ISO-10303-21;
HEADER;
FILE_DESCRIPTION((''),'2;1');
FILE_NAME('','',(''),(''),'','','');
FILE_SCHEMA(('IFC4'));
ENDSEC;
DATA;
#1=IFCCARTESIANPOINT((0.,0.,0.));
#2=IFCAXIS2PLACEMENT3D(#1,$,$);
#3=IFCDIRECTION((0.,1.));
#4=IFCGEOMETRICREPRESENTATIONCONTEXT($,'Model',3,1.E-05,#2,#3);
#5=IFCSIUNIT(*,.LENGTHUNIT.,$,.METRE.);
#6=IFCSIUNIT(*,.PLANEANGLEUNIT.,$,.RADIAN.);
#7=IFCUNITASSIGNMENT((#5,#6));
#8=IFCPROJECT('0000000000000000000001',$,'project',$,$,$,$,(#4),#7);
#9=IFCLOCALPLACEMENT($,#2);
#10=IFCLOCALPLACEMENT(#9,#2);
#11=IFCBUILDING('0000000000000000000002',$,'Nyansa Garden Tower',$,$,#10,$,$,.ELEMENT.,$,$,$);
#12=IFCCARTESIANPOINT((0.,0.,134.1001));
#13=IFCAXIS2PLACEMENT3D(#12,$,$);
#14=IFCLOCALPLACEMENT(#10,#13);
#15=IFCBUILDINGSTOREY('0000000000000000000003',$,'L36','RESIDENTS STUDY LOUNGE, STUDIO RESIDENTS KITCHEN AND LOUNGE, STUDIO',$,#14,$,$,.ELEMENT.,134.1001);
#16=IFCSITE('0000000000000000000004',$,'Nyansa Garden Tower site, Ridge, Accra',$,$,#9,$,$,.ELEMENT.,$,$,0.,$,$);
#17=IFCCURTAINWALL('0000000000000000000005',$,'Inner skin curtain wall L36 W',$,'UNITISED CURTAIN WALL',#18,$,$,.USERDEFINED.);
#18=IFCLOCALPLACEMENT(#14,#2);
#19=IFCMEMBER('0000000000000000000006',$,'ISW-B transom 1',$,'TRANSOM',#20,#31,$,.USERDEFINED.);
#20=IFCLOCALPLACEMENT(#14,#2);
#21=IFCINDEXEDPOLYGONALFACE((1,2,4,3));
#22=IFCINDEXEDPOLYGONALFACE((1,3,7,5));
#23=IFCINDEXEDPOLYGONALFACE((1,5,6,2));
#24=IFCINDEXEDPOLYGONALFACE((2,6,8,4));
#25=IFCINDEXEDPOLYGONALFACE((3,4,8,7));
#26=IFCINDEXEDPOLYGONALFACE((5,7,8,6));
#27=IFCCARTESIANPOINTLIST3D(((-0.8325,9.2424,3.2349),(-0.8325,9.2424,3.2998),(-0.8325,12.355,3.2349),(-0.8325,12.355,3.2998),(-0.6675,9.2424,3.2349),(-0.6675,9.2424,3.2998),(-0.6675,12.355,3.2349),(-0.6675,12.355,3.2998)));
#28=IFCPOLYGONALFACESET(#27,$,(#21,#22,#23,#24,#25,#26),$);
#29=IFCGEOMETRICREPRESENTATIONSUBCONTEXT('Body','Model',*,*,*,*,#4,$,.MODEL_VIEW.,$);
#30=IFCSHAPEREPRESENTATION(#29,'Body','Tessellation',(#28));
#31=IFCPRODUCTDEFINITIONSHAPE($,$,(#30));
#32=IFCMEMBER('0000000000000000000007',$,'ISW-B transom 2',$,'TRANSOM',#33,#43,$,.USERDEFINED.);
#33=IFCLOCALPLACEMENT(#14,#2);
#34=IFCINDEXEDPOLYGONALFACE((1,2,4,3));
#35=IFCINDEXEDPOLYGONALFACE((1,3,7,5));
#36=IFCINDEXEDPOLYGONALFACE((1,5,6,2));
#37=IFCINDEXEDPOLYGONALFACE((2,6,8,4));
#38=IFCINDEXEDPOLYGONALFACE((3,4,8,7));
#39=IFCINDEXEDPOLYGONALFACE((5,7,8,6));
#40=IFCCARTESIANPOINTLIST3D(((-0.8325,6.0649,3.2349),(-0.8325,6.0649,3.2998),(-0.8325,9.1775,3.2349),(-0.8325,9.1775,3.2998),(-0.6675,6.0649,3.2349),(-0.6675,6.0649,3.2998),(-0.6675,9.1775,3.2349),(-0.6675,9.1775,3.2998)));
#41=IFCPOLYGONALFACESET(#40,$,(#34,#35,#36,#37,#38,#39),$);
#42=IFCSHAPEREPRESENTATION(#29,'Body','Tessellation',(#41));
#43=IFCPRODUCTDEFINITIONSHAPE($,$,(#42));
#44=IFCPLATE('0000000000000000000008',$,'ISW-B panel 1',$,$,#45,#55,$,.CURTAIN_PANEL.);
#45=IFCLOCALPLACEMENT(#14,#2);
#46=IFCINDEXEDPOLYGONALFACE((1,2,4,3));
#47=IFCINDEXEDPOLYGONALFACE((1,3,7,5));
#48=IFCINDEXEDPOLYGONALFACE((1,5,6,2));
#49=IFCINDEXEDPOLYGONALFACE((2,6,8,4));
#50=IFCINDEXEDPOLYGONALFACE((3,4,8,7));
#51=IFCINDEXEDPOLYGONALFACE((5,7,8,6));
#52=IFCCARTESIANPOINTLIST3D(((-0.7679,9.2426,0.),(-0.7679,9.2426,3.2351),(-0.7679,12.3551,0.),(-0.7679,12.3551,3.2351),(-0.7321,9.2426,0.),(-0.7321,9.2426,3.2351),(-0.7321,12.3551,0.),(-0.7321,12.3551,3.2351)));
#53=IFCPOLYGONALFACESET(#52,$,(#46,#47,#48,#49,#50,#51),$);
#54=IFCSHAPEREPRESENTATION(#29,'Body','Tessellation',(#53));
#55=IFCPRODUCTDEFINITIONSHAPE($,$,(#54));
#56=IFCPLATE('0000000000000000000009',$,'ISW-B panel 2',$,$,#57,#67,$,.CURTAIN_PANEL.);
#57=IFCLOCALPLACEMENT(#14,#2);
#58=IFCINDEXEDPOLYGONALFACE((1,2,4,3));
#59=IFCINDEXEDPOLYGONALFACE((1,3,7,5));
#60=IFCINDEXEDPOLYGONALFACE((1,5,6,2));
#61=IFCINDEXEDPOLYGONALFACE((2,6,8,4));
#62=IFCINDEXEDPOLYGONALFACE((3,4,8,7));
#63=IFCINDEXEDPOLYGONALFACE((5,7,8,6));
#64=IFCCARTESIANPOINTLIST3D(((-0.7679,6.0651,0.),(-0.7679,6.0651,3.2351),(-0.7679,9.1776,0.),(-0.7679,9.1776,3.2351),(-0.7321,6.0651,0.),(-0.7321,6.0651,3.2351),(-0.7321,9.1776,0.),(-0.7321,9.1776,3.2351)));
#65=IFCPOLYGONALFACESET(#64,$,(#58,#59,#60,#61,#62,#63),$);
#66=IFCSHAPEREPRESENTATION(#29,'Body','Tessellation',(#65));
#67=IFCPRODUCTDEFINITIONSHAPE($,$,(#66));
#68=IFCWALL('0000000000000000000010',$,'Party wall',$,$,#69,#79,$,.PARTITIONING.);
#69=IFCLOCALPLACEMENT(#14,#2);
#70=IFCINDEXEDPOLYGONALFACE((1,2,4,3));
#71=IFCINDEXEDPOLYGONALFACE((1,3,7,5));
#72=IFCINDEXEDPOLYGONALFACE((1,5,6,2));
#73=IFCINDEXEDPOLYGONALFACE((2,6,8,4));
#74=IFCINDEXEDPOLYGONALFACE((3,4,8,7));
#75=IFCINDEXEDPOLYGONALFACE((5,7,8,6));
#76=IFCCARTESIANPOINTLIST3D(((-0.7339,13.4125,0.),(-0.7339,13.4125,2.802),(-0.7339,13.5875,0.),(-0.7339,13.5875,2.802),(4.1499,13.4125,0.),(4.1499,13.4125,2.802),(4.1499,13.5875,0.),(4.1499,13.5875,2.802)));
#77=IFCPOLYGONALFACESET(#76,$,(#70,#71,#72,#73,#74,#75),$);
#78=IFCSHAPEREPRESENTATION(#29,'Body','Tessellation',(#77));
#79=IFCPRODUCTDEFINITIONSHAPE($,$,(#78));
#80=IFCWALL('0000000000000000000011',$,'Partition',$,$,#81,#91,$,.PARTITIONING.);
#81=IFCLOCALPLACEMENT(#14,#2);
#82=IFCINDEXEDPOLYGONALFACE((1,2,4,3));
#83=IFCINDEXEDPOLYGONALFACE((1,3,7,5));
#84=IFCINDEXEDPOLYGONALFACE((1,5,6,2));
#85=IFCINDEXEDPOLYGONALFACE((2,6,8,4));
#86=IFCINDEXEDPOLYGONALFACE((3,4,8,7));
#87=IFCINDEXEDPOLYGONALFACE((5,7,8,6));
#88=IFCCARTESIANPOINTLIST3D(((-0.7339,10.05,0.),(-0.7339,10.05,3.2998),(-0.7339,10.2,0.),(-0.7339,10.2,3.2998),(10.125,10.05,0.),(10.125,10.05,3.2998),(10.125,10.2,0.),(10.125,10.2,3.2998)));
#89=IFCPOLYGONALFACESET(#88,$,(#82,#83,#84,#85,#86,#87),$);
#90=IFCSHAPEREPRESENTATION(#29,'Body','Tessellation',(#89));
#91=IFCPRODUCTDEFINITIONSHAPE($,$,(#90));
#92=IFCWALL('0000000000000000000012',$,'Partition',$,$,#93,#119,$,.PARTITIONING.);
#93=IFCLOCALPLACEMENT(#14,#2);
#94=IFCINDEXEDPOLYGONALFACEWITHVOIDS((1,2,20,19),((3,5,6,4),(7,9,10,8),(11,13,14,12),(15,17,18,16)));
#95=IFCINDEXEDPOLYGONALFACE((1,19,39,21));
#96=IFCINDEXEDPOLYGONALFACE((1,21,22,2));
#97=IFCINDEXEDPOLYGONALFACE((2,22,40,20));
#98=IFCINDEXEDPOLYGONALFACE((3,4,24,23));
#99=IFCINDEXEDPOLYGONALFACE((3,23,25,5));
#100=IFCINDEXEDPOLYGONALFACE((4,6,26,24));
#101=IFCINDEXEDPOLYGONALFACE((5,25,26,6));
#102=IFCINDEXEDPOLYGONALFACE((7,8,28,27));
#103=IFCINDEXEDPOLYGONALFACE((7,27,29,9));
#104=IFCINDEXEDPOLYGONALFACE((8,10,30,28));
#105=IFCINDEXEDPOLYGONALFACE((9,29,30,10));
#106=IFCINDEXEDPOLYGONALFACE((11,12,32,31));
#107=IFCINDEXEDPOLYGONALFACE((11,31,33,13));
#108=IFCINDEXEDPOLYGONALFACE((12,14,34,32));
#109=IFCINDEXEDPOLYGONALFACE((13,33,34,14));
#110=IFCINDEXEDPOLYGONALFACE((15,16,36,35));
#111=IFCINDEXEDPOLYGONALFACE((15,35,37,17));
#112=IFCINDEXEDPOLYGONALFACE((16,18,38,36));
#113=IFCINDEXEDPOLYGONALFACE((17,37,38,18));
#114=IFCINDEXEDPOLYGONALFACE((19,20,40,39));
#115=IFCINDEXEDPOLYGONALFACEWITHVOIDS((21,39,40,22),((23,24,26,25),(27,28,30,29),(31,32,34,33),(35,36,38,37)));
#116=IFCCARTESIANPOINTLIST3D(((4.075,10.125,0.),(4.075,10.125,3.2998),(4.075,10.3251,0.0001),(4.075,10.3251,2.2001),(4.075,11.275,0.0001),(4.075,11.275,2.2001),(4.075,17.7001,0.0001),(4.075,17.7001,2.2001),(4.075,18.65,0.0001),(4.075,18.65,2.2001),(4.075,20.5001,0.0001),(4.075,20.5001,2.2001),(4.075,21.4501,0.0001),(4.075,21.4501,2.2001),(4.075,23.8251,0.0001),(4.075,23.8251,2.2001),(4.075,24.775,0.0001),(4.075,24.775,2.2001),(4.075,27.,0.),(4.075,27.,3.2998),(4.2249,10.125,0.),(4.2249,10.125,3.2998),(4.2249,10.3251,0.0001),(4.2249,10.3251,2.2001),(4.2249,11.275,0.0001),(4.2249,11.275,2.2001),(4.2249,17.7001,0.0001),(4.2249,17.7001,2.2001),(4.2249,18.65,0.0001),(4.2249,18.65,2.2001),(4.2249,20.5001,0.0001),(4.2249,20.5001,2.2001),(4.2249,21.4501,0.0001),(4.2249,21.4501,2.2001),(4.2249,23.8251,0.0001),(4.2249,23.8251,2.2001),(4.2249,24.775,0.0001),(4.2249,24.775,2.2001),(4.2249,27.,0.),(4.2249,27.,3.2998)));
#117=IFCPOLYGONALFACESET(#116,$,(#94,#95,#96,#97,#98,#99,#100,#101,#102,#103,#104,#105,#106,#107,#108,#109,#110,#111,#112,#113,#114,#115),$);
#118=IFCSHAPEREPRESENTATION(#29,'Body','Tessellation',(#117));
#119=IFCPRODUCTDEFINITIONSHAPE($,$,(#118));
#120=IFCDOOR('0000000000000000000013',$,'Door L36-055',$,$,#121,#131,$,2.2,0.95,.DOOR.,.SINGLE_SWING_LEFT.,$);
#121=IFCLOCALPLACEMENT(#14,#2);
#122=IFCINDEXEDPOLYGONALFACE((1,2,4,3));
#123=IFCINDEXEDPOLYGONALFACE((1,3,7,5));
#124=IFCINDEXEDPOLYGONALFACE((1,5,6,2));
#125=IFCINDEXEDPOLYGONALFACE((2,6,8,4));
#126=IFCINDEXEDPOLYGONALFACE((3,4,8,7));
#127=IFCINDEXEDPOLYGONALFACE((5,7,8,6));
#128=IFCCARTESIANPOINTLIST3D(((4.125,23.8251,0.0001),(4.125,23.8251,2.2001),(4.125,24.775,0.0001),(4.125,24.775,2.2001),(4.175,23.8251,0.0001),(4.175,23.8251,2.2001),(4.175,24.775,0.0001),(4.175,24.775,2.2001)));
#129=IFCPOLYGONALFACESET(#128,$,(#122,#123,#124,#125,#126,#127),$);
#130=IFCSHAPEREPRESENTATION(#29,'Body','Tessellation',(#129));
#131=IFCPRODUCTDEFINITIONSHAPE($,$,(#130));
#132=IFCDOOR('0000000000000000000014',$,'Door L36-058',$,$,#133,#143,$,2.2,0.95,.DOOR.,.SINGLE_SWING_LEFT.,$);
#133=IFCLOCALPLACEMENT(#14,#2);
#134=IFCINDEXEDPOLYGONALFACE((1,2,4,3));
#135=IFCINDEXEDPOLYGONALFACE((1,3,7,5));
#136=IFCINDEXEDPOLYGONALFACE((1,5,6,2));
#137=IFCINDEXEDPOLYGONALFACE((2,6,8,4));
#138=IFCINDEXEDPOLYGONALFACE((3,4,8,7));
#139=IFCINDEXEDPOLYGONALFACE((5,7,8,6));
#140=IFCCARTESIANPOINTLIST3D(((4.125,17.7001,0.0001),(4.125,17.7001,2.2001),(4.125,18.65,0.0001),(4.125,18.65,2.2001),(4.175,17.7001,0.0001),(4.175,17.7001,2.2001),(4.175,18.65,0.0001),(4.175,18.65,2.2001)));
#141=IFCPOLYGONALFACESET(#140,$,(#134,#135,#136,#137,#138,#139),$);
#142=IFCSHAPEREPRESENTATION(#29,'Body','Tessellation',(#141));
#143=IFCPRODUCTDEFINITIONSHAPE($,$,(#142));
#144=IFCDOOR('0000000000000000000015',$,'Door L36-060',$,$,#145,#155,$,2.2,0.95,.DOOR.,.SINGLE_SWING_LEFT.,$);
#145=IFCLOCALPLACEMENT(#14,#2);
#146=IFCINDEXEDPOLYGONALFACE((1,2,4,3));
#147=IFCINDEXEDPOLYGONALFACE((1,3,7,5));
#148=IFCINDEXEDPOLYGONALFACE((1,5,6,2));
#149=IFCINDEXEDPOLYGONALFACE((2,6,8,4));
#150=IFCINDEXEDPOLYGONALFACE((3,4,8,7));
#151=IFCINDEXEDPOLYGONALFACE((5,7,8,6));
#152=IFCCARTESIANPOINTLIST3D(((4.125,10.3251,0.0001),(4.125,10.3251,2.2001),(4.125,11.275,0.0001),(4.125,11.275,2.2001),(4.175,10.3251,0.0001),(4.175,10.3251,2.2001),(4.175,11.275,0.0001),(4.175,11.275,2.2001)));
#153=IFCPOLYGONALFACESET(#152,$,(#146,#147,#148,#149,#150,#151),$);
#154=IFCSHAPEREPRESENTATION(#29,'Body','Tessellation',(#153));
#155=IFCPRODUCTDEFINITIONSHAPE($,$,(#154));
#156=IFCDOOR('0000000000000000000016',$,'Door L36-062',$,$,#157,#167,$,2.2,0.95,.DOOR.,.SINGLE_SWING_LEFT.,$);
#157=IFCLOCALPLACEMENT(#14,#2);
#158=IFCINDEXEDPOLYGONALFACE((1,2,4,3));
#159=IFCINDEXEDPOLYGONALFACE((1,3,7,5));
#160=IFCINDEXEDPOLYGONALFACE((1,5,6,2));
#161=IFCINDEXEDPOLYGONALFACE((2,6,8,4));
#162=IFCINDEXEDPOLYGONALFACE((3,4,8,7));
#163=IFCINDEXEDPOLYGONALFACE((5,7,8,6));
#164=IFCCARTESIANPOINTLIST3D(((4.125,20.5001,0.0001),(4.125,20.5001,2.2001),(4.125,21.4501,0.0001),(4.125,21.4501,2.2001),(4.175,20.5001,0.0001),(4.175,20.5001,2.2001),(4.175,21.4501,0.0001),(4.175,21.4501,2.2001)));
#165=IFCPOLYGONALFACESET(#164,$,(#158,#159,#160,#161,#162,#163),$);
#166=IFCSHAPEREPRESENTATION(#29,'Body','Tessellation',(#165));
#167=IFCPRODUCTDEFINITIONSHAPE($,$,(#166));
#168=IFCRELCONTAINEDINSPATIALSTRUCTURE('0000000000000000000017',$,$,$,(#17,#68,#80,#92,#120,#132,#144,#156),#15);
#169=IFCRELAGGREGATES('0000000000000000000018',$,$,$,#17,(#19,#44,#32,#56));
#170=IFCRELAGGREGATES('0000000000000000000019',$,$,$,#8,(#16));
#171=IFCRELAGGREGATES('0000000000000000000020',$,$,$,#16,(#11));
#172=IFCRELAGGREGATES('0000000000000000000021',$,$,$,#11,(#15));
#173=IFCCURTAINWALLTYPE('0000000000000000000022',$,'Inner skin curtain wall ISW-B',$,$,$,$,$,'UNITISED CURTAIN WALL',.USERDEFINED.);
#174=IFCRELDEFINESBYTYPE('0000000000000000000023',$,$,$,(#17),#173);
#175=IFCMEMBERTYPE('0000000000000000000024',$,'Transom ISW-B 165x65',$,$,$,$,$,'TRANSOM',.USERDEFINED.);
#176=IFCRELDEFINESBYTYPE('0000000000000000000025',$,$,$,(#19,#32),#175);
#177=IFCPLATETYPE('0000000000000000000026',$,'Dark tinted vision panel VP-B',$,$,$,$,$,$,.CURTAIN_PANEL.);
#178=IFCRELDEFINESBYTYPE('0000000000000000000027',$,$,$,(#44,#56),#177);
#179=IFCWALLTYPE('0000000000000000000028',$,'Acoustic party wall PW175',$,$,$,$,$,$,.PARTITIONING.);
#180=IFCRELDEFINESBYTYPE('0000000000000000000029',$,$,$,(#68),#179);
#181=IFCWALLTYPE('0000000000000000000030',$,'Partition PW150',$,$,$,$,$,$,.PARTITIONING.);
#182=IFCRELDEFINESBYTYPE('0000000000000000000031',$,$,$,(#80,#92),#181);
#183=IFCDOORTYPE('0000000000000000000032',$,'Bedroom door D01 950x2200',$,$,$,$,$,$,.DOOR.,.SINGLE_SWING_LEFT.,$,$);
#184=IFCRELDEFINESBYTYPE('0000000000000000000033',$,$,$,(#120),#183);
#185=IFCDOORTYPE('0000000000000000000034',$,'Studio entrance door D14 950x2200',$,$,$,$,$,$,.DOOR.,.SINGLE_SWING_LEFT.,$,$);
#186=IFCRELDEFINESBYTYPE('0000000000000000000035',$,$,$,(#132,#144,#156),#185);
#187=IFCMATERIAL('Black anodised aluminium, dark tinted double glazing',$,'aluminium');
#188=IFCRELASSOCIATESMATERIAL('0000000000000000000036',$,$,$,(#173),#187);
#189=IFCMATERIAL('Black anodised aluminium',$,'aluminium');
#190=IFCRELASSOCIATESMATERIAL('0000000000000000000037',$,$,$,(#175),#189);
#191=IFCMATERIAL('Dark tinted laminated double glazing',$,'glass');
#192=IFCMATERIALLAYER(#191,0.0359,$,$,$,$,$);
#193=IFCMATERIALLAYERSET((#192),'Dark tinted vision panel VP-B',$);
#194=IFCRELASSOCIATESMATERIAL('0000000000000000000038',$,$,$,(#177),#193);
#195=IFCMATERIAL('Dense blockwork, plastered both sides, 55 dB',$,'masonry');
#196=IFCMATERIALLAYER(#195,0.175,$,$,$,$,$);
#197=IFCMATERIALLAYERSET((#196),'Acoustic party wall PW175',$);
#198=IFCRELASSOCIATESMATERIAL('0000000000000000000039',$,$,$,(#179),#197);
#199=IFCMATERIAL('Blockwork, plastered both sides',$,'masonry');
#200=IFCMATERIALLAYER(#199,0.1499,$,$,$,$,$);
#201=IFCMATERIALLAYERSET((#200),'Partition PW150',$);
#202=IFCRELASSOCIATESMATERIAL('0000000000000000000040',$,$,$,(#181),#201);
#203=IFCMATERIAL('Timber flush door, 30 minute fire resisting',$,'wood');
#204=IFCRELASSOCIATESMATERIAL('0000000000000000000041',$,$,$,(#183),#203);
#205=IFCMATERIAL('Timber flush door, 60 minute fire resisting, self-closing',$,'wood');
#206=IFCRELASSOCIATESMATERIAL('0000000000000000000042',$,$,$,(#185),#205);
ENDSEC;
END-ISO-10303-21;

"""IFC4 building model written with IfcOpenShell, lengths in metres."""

from ifc_helpers import new_model, si_unit, direction, frame, frame_2d, origin, origin_2d, place, context, subcontext, project, spatial, rectangle, extrude, material, layer, layer_set, material_profile, profile_set, type_object, element, fill, aggregate, save


model = new_model("IFC4")

# Units and contexts
model_context = context("Model", 3, precision=1e-05, world=origin(), true_north=direction((0.0, 1.0)))
body_context = subcontext(model_context, "Body", "Model", "MODEL_VIEW")
ifc_project = project(units=[si_unit("LENGTHUNIT", "METRE"), si_unit("PLANEANGLEUNIT", "RADIAN")], contexts=[model_context])

# Site, building, storey
site_placement = place(None, origin())
site = spatial("IfcSite", under=ifc_project, at=site_placement, Name="Nyansa Garden Tower site, Ridge, Accra", CompositionType="ELEMENT", RefElevation=0.0)
building_placement = place(site_placement, origin())
building = spatial("IfcBuilding", under=site, at=building_placement, Name="Nyansa Garden Tower", CompositionType="ELEMENT")
storey_placement = place(building_placement, frame((0.0, 0.0, 134.1001)))
storey = spatial("IfcBuildingStorey", under=building, at=storey_placement, Name="L36", Description="RESIDENTS STUDY LOUNGE, STUDIO RESIDENTS KITCHEN AND LOUNGE, STUDIO", CompositionType="ELEMENT", Elevation=134.1001)

# Curtain wall
ifc_material_1 = material(Name="Black anodised aluminium, dark tinted double glazing", Category="aluminium")
curtain_wall_type = type_object("IfcCurtainWallType", Name="Inner skin curtain wall ISW-B", ElementType="UNITISED CURTAIN WALL", PredefinedType="USERDEFINED", material=ifc_material_1)
curtain_wall_placement = place(storey_placement, origin())
curtain_wall = element("IfcCurtainWall", 1, at=curtain_wall_placement, inside=storey, type_object=curtain_wall_type, Name="Inner skin curtain wall L36 W", ObjectType="UNITISED CURTAIN WALL", PredefinedType="USERDEFINED")

# Members
ifc_material_2 = material(Name="Black anodised aluminium", Category="aluminium")
ifc_material_profile_1 = material_profile(ifc_material_2, rectangle(XDim=0.165, YDim=0.0649, at=origin_2d()), Name="Transom 165x65")
ifc_profile_set_1 = profile_set([ifc_material_profile_1], Name="Black anodised aluminium")
member_type_1 = type_object("IfcMemberType", Name="Transom ISW-B 165x65", ElementType="TRANSOM", PredefinedType="USERDEFINED", material=ifc_profile_set_1)
member_1_placement = place(storey_placement, frame((-0.75, 12.355, 3.2673), z_axis=(0.0, -1.0, 0.0), x_axis=(1.0, 0.0, 0.0)))
member_1 = element("IfcMember", 2, at=member_1_placement, type_object=member_type_1, Name="ISW-B transom 1", ObjectType="TRANSOM", PredefinedType="USERDEFINED", context=body_context, shape_type="SweptSolid", body=[
    extrude(rectangle(XDim=0.165, YDim=0.0649, at=origin_2d()), origin(), (0.0, 0.0, 1.0), 3.1125),
])
member_2_placement = place(storey_placement, frame((-0.75, 9.1775, 3.2673), z_axis=(0.0, -1.0, 0.0), x_axis=(1.0, 0.0, 0.0)))
member_2 = element("IfcMember", 3, at=member_2_placement, type_object=member_type_1, Name="ISW-B transom 2", ObjectType="TRANSOM", PredefinedType="USERDEFINED", context=body_context, shape_type="SweptSolid", body=[
    extrude(rectangle(XDim=0.165, YDim=0.0649, at=origin_2d()), origin(), (0.0, 0.0, 1.0), 3.1125),
])

# Plates
ifc_material_3 = material(Name="Dark tinted laminated double glazing", Category="glass")
ifc_layer_1 = layer(ifc_material_3, 0.0359)
ifc_layer_set_1 = layer_set([ifc_layer_1], Name="Dark tinted vision panel VP-B")
plate_type = type_object("IfcPlateType", Name="Dark tinted vision panel VP-B", PredefinedType="CURTAIN_PANEL", material=ifc_layer_set_1)
plate_1_placement = place(storey_placement, frame((-0.75, 10.7988, 0.0), z_axis=(0.0, 0.0, 1.0), x_axis=(0.0, -1.0, 0.0)))
plate_1 = element("IfcPlate", 4, at=plate_1_placement, type_object=plate_type, Name="ISW-B panel 1", PredefinedType="CURTAIN_PANEL", context=body_context, shape_type="SweptSolid", body=[
    extrude(rectangle(XDim=3.1125, YDim=0.0359, at=origin_2d()), origin(), (0.0, 0.0, 1.0), 3.2351),
])
plate_2_placement = place(storey_placement, frame((-0.75, 7.6213, 0.0), z_axis=(0.0, 0.0, 1.0), x_axis=(0.0, -1.0, 0.0)))
plate_2 = element("IfcPlate", 5, at=plate_2_placement, type_object=plate_type, Name="ISW-B panel 2", PredefinedType="CURTAIN_PANEL", context=body_context, shape_type="SweptSolid", body=[
    extrude(rectangle(XDim=3.1125, YDim=0.0359, at=origin_2d()), origin(), (0.0, 0.0, 1.0), 3.2351),
])
aggregate(curtain_wall, [member_1, plate_1, member_2, plate_2])

# Walls
ifc_material_4 = material(Name="Dense blockwork, plastered both sides, 55 dB", Category="masonry")
ifc_layer_2 = layer(ifc_material_4, 0.175)
ifc_layer_set_2 = layer_set([ifc_layer_2], Name="Acoustic party wall PW175")
wall_type_1 = type_object("IfcWallType", Name="Acoustic party wall PW175", PredefinedType="PARTITIONING", material=ifc_layer_set_2)
wall_1_placement = place(storey_placement, frame((-0.7339, 13.5, 0.0), z_axis=(0.0, 0.0, 1.0), x_axis=(1.0, 0.0, 0.0)))
element("IfcWall", 6, at=wall_1_placement, inside=storey, type_object=wall_type_1, Name="Party wall", PredefinedType="PARTITIONING", context=body_context, shape_type="SweptSolid", body=[
    extrude(rectangle(XDim=4.8838, YDim=0.175, at=frame_2d((2.4419, 0.0))), origin(), (0.0, 0.0, 1.0), 2.802),
])
ifc_material_5 = material(Name="Blockwork, plastered both sides", Category="masonry")
ifc_layer_3 = layer(ifc_material_5, 0.1499)
ifc_layer_set_3 = layer_set([ifc_layer_3], Name="Partition PW150")
wall_type_2 = type_object("IfcWallType", Name="Partition PW150", PredefinedType="PARTITIONING", material=ifc_layer_set_3)
wall_2_placement = place(storey_placement, frame((-0.7339, 10.125, 0.0), z_axis=(0.0, 0.0, 1.0), x_axis=(1.0, 0.0, 0.0)))
element("IfcWall", 7, at=wall_2_placement, inside=storey, type_object=wall_type_2, Name="Partition", PredefinedType="PARTITIONING", context=body_context, shape_type="SweptSolid", body=[
    extrude(rectangle(XDim=10.8589, YDim=0.1499, at=frame_2d((5.4294, 0.0))), origin(), (0.0, 0.0, 1.0), 3.2998),
])

# Wall, openings, doors
wall_3_placement = place(storey_placement, frame((4.1499, 10.125, 0.0), z_axis=(0.0, 0.0, 1.0), x_axis=(0.0, 1.0, 0.0)))
wall_3 = element("IfcWall", 8, at=wall_3_placement, inside=storey, type_object=wall_type_2, Name="Partition", PredefinedType="PARTITIONING", context=body_context, shape_type="SweptSolid", body=[
    extrude(rectangle(XDim=16.875, YDim=0.1499, at=frame_2d((8.4375, 0.0))), origin(), (0.0, 0.0, 1.0), 3.2998),
])
opening_1_placement = place(wall_3_placement, frame((13.7, 0.0, 0.0)))
opening_1 = element("IfcOpeningElement", 9, at=opening_1_placement, cuts=wall_3, PredefinedType="OPENING", context=body_context, shape_type="SweptSolid", body=[
    extrude(rectangle(XDim=0.95, YDim=2.2, at=frame_2d((0.4751, 1.1001))), frame((0.0, 0.085, 0.0), z_axis=(0.0, -1.0, 0.0), x_axis=(1.0, 0.0, 0.0)), (0.0, 0.0, 1.0), 0.1699),
])
opening_2_placement = place(wall_3_placement, frame((7.575, 0.0, 0.0)))
opening_2 = element("IfcOpeningElement", 10, at=opening_2_placement, cuts=wall_3, PredefinedType="OPENING", context=body_context, shape_type="SweptSolid", body=[
    extrude(rectangle(XDim=0.95, YDim=2.2, at=frame_2d((0.4751, 1.1001))), frame((0.0, 0.085, 0.0), z_axis=(0.0, -1.0, 0.0), x_axis=(1.0, 0.0, 0.0)), (0.0, 0.0, 1.0), 0.1699),
])
opening_3_placement = place(wall_3_placement, frame((0.2, 0.0, 0.0)))
opening_3 = element("IfcOpeningElement", 11, at=opening_3_placement, cuts=wall_3, PredefinedType="OPENING", context=body_context, shape_type="SweptSolid", body=[
    extrude(rectangle(XDim=0.95, YDim=2.2, at=frame_2d((0.4751, 1.1001))), frame((0.0, 0.085, 0.0), z_axis=(0.0, -1.0, 0.0), x_axis=(1.0, 0.0, 0.0)), (0.0, 0.0, 1.0), 0.1699),
])
opening_4_placement = place(wall_3_placement, frame((10.375, 0.0, 0.0)))
opening_4 = element("IfcOpeningElement", 12, at=opening_4_placement, cuts=wall_3, PredefinedType="OPENING", context=body_context, shape_type="SweptSolid", body=[
    extrude(rectangle(XDim=0.95, YDim=2.2, at=frame_2d((0.4751, 1.1001))), frame((0.0, 0.085, 0.0), z_axis=(0.0, -1.0, 0.0), x_axis=(1.0, 0.0, 0.0)), (0.0, 0.0, 1.0), 0.1699),
])
ifc_material_6 = material(Name="Timber flush door, 30 minute fire resisting", Category="wood")
door_type_1 = type_object("IfcDoorType", Name="Bedroom door D01 950x2200", OperationType="SINGLE_SWING_LEFT", PredefinedType="DOOR", material=ifc_material_6)
door_1_placement = place(opening_1_placement, origin())
door_1 = element("IfcDoor", 13, at=door_1_placement, inside=storey, type_object=door_type_1, Name="Door L36-055", OperationType="SINGLE_SWING_LEFT", OverallHeight=2.2, OverallWidth=0.95, PredefinedType="DOOR", context=body_context, shape_type="SweptSolid", body=[
    extrude(rectangle(XDim=0.95, YDim=2.2, at=frame_2d((0.4751, 1.1001))), frame((0.0, 0.0249, 0.0), z_axis=(0.0, -1.0, 0.0), x_axis=(1.0, 0.0, 0.0)), (0.0, 0.0, 1.0), 0.05),
])
fill(opening_1, door_1)
ifc_material_7 = material(Name="Timber flush door, 60 minute fire resisting, self-closing", Category="wood")
door_type_2 = type_object("IfcDoorType", Name="Studio entrance door D14 950x2200", OperationType="SINGLE_SWING_LEFT", PredefinedType="DOOR", material=ifc_material_7)
door_2_placement = place(opening_2_placement, origin())
door_2 = element("IfcDoor", 14, at=door_2_placement, inside=storey, type_object=door_type_2, Name="Door L36-058", OperationType="SINGLE_SWING_LEFT", OverallHeight=2.2, OverallWidth=0.95, PredefinedType="DOOR", context=body_context, shape_type="SweptSolid", body=[
    extrude(rectangle(XDim=0.95, YDim=2.2, at=frame_2d((0.4751, 1.1001))), frame((0.0, 0.0249, 0.0), z_axis=(0.0, -1.0, 0.0), x_axis=(1.0, 0.0, 0.0)), (0.0, 0.0, 1.0), 0.05),
])
fill(opening_2, door_2)
door_3_placement = place(opening_3_placement, origin())
door_3 = element("IfcDoor", 15, at=door_3_placement, inside=storey, type_object=door_type_2, Name="Door L36-060", OperationType="SINGLE_SWING_LEFT", OverallHeight=2.2, OverallWidth=0.95, PredefinedType="DOOR", context=body_context, shape_type="SweptSolid", body=[
    extrude(rectangle(XDim=0.95, YDim=2.2, at=frame_2d((0.4751, 1.1001))), frame((0.0, 0.0249, 0.0), z_axis=(0.0, -1.0, 0.0), x_axis=(1.0, 0.0, 0.0)), (0.0, 0.0, 1.0), 0.05),
])
fill(opening_3, door_3)
door_4_placement = place(opening_4_placement, origin())
door_4 = element("IfcDoor", 16, at=door_4_placement, inside=storey, type_object=door_type_2, Name="Door L36-062", OperationType="SINGLE_SWING_LEFT", OverallHeight=2.2, OverallWidth=0.95, PredefinedType="DOOR", context=body_context, shape_type="SweptSolid", body=[
    extrude(rectangle(XDim=0.95, YDim=2.2, at=frame_2d((0.4751, 1.1001))), frame((0.0, 0.0249, 0.0), z_axis=(0.0, -1.0, 0.0), x_axis=(1.0, 0.0, 0.0)), (0.0, 0.0, 1.0), 0.05),
])
fill(opening_4, door_4)

save(model, "model.ifc")
